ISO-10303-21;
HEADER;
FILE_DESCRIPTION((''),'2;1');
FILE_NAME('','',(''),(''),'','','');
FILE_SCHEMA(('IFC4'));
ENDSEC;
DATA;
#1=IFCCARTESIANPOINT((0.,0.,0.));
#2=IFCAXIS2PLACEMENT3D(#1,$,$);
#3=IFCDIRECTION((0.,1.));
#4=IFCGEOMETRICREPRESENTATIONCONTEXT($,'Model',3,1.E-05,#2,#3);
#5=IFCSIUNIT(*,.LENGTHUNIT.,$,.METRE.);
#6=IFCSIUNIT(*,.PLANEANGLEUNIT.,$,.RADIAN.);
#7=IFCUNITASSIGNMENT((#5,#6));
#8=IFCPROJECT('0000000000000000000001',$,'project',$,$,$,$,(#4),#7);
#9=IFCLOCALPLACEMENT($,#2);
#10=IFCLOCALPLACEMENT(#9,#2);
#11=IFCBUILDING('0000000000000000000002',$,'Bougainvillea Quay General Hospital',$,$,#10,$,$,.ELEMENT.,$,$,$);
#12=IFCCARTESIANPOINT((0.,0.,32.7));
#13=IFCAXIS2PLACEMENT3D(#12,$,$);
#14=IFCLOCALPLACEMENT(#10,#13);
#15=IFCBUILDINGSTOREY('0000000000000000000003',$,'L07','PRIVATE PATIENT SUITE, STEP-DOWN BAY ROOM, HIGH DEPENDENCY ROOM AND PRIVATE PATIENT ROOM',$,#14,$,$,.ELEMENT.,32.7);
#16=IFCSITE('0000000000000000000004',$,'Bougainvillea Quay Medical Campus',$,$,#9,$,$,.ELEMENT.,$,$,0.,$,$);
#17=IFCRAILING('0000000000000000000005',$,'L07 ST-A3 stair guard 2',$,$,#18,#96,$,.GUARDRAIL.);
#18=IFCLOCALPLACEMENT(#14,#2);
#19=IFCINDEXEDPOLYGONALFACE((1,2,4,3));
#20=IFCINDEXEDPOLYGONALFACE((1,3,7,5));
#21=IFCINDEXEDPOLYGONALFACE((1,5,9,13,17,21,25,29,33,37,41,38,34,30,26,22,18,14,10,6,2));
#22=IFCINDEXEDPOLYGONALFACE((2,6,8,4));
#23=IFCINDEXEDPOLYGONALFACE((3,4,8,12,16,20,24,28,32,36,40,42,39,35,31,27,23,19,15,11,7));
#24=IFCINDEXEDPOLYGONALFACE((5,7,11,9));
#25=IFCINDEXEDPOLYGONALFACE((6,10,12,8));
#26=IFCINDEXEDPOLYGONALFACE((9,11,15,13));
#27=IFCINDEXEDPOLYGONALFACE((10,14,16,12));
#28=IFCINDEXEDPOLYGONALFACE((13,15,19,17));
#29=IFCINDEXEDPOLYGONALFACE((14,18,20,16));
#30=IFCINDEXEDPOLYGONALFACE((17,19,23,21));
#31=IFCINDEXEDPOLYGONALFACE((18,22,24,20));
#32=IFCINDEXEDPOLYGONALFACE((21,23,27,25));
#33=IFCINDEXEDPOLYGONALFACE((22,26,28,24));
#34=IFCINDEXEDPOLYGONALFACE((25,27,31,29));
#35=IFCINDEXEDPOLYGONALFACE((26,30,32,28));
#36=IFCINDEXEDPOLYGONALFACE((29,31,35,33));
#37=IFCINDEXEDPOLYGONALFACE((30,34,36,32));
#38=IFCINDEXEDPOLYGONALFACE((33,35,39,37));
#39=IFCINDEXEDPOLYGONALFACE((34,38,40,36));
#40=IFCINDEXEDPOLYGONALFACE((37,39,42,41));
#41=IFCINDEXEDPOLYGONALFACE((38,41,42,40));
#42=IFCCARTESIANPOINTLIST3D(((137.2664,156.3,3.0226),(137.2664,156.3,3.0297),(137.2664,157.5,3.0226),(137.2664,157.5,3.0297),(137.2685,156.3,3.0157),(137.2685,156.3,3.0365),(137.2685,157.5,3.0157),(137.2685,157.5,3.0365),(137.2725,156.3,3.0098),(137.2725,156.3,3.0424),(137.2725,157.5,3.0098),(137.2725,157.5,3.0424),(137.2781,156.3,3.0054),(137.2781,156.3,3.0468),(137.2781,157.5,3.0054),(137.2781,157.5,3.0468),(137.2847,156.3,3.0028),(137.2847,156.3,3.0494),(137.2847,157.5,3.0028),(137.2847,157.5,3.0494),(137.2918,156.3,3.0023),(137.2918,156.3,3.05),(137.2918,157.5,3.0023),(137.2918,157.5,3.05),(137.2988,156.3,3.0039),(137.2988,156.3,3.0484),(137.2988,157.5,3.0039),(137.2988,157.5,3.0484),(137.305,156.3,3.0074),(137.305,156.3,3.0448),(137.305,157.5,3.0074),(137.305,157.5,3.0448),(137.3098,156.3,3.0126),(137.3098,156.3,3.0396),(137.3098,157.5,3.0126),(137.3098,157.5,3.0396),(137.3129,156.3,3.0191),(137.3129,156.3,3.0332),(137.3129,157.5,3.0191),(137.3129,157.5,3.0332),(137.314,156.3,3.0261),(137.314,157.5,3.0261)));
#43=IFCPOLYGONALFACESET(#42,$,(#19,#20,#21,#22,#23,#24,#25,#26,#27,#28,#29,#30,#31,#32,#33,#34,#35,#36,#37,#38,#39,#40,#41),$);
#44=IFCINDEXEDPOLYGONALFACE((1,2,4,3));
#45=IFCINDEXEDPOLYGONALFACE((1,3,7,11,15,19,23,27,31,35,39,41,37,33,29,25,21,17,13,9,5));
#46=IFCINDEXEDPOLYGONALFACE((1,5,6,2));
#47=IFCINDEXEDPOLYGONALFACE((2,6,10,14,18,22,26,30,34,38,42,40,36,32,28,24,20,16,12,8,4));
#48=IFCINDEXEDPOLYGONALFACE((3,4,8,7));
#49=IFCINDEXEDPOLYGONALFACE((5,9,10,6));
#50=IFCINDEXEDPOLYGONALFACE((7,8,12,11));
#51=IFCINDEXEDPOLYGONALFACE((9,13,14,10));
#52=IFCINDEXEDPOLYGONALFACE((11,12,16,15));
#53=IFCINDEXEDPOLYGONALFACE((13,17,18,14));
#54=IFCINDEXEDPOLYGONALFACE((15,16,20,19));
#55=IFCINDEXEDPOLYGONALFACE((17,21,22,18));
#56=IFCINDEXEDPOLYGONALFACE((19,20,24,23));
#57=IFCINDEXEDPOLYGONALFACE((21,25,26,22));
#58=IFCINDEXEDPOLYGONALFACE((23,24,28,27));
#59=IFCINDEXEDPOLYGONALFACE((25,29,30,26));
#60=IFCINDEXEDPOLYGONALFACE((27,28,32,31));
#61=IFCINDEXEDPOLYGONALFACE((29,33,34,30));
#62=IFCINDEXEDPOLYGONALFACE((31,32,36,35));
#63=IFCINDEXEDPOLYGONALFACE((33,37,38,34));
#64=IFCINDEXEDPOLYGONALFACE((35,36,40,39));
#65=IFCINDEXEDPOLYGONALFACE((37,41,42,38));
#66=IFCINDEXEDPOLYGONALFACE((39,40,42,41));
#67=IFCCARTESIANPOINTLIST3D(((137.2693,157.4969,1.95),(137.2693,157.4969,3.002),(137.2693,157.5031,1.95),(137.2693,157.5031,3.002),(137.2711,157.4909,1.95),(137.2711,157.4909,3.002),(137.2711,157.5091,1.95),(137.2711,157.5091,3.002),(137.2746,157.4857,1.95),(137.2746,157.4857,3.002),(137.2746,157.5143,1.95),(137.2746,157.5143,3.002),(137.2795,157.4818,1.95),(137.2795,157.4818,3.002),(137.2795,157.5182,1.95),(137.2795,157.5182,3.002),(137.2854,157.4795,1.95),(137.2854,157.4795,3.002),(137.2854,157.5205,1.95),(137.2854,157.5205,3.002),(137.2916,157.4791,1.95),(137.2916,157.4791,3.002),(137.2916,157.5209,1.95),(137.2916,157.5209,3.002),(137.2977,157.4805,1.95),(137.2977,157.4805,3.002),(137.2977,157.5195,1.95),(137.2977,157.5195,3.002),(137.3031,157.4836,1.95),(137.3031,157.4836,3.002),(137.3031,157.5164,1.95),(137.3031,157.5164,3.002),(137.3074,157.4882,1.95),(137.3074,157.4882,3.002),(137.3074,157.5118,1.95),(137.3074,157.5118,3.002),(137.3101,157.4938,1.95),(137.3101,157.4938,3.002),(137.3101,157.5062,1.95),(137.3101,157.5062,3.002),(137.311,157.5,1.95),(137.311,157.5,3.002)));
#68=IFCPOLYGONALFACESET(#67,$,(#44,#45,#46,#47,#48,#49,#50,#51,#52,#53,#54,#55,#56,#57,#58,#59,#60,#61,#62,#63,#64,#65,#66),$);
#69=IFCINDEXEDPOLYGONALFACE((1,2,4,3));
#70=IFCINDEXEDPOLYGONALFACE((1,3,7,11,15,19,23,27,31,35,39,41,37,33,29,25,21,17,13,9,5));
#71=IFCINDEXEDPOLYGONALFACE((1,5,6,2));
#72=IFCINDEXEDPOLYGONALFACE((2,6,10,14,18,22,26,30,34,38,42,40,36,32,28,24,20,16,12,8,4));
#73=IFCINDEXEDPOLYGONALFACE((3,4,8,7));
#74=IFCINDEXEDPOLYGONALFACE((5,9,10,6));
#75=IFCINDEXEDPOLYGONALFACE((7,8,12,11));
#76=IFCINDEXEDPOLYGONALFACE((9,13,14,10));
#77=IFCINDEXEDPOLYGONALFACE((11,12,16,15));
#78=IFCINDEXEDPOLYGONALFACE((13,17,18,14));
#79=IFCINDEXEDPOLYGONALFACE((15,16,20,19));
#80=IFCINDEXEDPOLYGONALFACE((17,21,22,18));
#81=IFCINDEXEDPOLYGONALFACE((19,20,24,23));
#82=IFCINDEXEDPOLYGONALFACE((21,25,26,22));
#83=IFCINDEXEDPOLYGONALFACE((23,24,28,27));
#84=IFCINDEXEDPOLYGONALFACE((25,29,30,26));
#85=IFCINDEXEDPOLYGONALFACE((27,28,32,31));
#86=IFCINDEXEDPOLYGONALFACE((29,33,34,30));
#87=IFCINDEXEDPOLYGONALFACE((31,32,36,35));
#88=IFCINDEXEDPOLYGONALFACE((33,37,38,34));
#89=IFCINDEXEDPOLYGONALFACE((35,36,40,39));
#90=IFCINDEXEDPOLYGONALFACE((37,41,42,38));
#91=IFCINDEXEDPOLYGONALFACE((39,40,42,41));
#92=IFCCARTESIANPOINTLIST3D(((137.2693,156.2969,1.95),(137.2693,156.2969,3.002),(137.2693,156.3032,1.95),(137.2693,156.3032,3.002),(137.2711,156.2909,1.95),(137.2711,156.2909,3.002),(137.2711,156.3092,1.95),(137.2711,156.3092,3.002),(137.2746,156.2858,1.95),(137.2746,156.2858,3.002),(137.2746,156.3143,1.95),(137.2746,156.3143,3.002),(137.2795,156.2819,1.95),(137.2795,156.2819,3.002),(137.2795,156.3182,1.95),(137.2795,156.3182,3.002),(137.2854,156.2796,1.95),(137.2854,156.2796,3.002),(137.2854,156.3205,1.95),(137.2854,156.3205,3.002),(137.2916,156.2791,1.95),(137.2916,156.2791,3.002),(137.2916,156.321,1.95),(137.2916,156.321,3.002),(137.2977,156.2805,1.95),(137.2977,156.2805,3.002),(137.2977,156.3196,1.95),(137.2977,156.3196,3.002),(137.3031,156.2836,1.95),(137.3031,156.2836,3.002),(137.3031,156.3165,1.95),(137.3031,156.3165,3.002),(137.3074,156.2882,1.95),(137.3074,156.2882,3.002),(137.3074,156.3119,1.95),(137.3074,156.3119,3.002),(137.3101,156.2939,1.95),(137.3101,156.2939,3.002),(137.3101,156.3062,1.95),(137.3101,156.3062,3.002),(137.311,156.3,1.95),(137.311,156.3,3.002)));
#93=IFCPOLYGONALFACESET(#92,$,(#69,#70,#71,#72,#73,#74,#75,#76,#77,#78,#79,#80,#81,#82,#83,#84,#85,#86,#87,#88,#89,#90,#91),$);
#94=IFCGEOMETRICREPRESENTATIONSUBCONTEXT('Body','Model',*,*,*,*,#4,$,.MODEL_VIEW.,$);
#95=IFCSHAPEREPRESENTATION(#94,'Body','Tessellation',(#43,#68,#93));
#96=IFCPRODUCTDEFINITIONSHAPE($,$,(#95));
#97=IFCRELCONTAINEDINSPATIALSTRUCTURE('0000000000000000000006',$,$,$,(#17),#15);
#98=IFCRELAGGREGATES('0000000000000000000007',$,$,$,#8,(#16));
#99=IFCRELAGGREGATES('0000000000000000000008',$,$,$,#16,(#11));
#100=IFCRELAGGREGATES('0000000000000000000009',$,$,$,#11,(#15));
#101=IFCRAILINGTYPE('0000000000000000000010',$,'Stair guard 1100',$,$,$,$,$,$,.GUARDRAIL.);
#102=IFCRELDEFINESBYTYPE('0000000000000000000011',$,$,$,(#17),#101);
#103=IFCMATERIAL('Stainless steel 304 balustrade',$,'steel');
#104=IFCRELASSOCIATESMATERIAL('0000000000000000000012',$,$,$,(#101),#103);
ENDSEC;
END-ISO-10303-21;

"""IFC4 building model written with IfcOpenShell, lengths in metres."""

from ifc_helpers import new_model, si_unit, direction, frame, origin, origin_2d, place, context, subcontext, project, spatial, circle, extrude, material, type_object, element, save


model = new_model("IFC4")

# Units and contexts
model_context = context("Model", 3, precision=1e-05, world=origin(), true_north=direction((0.0, 1.0)))
body_context = subcontext(model_context, "Body", "Model", "MODEL_VIEW")
ifc_project = project(units=[si_unit("LENGTHUNIT", "METRE"), si_unit("PLANEANGLEUNIT", "RADIAN")], contexts=[model_context])

# Site, building, storey
site_placement = place(None, origin())
site = spatial("IfcSite", under=ifc_project, at=site_placement, Name="Bougainvillea Quay Medical Campus", CompositionType="ELEMENT", RefElevation=0.0)
building_placement = place(site_placement, origin())
building = spatial("IfcBuilding", under=site, at=building_placement, Name="Bougainvillea Quay General Hospital", CompositionType="ELEMENT")
storey_placement = place(building_placement, frame((0.0, 0.0, 32.7)))
storey = spatial("IfcBuildingStorey", under=building, at=storey_placement, Name="L07", Description="PRIVATE PATIENT SUITE, STEP-DOWN BAY ROOM, HIGH DEPENDENCY ROOM AND PRIVATE PATIENT ROOM", CompositionType="ELEMENT", Elevation=32.7)

# Railing
ifc_material_1 = material(Name="Stainless steel 304 balustrade", Category="steel")
railing_type_1 = type_object("IfcRailingType", Name="Stair guard 1100", PredefinedType="GUARDRAIL", material=ifc_material_1)
railing_1_placement = place(storey_placement, frame((137.29, 157.5, 1.95)))
element("IfcRailing", 1, at=railing_1_placement, inside=storey, type_object=railing_type_1, Name="L07 ST-A3 stair guard 2", PredefinedType="GUARDRAIL", context=body_context, shape_type="SweptSolid", body=[
    extrude(circle(Radius=0.0239, at=origin_2d()), frame((0.0, 0.0, 1.0762), z_axis=(0.0, -1.0, 0.0), x_axis=(1.0, 0.0, 0.0)), (0.0, 0.0, 1.0), 1.2),
    extrude(circle(Radius=0.021, at=origin_2d()), origin(), (0.0, 0.0, 1.0), 1.052),
    extrude(circle(Radius=0.021, at=origin_2d()), frame((0.0, -1.2, 0.0)), (0.0, 0.0, 1.0), 1.052),
])

save(model, "model.ifc")
